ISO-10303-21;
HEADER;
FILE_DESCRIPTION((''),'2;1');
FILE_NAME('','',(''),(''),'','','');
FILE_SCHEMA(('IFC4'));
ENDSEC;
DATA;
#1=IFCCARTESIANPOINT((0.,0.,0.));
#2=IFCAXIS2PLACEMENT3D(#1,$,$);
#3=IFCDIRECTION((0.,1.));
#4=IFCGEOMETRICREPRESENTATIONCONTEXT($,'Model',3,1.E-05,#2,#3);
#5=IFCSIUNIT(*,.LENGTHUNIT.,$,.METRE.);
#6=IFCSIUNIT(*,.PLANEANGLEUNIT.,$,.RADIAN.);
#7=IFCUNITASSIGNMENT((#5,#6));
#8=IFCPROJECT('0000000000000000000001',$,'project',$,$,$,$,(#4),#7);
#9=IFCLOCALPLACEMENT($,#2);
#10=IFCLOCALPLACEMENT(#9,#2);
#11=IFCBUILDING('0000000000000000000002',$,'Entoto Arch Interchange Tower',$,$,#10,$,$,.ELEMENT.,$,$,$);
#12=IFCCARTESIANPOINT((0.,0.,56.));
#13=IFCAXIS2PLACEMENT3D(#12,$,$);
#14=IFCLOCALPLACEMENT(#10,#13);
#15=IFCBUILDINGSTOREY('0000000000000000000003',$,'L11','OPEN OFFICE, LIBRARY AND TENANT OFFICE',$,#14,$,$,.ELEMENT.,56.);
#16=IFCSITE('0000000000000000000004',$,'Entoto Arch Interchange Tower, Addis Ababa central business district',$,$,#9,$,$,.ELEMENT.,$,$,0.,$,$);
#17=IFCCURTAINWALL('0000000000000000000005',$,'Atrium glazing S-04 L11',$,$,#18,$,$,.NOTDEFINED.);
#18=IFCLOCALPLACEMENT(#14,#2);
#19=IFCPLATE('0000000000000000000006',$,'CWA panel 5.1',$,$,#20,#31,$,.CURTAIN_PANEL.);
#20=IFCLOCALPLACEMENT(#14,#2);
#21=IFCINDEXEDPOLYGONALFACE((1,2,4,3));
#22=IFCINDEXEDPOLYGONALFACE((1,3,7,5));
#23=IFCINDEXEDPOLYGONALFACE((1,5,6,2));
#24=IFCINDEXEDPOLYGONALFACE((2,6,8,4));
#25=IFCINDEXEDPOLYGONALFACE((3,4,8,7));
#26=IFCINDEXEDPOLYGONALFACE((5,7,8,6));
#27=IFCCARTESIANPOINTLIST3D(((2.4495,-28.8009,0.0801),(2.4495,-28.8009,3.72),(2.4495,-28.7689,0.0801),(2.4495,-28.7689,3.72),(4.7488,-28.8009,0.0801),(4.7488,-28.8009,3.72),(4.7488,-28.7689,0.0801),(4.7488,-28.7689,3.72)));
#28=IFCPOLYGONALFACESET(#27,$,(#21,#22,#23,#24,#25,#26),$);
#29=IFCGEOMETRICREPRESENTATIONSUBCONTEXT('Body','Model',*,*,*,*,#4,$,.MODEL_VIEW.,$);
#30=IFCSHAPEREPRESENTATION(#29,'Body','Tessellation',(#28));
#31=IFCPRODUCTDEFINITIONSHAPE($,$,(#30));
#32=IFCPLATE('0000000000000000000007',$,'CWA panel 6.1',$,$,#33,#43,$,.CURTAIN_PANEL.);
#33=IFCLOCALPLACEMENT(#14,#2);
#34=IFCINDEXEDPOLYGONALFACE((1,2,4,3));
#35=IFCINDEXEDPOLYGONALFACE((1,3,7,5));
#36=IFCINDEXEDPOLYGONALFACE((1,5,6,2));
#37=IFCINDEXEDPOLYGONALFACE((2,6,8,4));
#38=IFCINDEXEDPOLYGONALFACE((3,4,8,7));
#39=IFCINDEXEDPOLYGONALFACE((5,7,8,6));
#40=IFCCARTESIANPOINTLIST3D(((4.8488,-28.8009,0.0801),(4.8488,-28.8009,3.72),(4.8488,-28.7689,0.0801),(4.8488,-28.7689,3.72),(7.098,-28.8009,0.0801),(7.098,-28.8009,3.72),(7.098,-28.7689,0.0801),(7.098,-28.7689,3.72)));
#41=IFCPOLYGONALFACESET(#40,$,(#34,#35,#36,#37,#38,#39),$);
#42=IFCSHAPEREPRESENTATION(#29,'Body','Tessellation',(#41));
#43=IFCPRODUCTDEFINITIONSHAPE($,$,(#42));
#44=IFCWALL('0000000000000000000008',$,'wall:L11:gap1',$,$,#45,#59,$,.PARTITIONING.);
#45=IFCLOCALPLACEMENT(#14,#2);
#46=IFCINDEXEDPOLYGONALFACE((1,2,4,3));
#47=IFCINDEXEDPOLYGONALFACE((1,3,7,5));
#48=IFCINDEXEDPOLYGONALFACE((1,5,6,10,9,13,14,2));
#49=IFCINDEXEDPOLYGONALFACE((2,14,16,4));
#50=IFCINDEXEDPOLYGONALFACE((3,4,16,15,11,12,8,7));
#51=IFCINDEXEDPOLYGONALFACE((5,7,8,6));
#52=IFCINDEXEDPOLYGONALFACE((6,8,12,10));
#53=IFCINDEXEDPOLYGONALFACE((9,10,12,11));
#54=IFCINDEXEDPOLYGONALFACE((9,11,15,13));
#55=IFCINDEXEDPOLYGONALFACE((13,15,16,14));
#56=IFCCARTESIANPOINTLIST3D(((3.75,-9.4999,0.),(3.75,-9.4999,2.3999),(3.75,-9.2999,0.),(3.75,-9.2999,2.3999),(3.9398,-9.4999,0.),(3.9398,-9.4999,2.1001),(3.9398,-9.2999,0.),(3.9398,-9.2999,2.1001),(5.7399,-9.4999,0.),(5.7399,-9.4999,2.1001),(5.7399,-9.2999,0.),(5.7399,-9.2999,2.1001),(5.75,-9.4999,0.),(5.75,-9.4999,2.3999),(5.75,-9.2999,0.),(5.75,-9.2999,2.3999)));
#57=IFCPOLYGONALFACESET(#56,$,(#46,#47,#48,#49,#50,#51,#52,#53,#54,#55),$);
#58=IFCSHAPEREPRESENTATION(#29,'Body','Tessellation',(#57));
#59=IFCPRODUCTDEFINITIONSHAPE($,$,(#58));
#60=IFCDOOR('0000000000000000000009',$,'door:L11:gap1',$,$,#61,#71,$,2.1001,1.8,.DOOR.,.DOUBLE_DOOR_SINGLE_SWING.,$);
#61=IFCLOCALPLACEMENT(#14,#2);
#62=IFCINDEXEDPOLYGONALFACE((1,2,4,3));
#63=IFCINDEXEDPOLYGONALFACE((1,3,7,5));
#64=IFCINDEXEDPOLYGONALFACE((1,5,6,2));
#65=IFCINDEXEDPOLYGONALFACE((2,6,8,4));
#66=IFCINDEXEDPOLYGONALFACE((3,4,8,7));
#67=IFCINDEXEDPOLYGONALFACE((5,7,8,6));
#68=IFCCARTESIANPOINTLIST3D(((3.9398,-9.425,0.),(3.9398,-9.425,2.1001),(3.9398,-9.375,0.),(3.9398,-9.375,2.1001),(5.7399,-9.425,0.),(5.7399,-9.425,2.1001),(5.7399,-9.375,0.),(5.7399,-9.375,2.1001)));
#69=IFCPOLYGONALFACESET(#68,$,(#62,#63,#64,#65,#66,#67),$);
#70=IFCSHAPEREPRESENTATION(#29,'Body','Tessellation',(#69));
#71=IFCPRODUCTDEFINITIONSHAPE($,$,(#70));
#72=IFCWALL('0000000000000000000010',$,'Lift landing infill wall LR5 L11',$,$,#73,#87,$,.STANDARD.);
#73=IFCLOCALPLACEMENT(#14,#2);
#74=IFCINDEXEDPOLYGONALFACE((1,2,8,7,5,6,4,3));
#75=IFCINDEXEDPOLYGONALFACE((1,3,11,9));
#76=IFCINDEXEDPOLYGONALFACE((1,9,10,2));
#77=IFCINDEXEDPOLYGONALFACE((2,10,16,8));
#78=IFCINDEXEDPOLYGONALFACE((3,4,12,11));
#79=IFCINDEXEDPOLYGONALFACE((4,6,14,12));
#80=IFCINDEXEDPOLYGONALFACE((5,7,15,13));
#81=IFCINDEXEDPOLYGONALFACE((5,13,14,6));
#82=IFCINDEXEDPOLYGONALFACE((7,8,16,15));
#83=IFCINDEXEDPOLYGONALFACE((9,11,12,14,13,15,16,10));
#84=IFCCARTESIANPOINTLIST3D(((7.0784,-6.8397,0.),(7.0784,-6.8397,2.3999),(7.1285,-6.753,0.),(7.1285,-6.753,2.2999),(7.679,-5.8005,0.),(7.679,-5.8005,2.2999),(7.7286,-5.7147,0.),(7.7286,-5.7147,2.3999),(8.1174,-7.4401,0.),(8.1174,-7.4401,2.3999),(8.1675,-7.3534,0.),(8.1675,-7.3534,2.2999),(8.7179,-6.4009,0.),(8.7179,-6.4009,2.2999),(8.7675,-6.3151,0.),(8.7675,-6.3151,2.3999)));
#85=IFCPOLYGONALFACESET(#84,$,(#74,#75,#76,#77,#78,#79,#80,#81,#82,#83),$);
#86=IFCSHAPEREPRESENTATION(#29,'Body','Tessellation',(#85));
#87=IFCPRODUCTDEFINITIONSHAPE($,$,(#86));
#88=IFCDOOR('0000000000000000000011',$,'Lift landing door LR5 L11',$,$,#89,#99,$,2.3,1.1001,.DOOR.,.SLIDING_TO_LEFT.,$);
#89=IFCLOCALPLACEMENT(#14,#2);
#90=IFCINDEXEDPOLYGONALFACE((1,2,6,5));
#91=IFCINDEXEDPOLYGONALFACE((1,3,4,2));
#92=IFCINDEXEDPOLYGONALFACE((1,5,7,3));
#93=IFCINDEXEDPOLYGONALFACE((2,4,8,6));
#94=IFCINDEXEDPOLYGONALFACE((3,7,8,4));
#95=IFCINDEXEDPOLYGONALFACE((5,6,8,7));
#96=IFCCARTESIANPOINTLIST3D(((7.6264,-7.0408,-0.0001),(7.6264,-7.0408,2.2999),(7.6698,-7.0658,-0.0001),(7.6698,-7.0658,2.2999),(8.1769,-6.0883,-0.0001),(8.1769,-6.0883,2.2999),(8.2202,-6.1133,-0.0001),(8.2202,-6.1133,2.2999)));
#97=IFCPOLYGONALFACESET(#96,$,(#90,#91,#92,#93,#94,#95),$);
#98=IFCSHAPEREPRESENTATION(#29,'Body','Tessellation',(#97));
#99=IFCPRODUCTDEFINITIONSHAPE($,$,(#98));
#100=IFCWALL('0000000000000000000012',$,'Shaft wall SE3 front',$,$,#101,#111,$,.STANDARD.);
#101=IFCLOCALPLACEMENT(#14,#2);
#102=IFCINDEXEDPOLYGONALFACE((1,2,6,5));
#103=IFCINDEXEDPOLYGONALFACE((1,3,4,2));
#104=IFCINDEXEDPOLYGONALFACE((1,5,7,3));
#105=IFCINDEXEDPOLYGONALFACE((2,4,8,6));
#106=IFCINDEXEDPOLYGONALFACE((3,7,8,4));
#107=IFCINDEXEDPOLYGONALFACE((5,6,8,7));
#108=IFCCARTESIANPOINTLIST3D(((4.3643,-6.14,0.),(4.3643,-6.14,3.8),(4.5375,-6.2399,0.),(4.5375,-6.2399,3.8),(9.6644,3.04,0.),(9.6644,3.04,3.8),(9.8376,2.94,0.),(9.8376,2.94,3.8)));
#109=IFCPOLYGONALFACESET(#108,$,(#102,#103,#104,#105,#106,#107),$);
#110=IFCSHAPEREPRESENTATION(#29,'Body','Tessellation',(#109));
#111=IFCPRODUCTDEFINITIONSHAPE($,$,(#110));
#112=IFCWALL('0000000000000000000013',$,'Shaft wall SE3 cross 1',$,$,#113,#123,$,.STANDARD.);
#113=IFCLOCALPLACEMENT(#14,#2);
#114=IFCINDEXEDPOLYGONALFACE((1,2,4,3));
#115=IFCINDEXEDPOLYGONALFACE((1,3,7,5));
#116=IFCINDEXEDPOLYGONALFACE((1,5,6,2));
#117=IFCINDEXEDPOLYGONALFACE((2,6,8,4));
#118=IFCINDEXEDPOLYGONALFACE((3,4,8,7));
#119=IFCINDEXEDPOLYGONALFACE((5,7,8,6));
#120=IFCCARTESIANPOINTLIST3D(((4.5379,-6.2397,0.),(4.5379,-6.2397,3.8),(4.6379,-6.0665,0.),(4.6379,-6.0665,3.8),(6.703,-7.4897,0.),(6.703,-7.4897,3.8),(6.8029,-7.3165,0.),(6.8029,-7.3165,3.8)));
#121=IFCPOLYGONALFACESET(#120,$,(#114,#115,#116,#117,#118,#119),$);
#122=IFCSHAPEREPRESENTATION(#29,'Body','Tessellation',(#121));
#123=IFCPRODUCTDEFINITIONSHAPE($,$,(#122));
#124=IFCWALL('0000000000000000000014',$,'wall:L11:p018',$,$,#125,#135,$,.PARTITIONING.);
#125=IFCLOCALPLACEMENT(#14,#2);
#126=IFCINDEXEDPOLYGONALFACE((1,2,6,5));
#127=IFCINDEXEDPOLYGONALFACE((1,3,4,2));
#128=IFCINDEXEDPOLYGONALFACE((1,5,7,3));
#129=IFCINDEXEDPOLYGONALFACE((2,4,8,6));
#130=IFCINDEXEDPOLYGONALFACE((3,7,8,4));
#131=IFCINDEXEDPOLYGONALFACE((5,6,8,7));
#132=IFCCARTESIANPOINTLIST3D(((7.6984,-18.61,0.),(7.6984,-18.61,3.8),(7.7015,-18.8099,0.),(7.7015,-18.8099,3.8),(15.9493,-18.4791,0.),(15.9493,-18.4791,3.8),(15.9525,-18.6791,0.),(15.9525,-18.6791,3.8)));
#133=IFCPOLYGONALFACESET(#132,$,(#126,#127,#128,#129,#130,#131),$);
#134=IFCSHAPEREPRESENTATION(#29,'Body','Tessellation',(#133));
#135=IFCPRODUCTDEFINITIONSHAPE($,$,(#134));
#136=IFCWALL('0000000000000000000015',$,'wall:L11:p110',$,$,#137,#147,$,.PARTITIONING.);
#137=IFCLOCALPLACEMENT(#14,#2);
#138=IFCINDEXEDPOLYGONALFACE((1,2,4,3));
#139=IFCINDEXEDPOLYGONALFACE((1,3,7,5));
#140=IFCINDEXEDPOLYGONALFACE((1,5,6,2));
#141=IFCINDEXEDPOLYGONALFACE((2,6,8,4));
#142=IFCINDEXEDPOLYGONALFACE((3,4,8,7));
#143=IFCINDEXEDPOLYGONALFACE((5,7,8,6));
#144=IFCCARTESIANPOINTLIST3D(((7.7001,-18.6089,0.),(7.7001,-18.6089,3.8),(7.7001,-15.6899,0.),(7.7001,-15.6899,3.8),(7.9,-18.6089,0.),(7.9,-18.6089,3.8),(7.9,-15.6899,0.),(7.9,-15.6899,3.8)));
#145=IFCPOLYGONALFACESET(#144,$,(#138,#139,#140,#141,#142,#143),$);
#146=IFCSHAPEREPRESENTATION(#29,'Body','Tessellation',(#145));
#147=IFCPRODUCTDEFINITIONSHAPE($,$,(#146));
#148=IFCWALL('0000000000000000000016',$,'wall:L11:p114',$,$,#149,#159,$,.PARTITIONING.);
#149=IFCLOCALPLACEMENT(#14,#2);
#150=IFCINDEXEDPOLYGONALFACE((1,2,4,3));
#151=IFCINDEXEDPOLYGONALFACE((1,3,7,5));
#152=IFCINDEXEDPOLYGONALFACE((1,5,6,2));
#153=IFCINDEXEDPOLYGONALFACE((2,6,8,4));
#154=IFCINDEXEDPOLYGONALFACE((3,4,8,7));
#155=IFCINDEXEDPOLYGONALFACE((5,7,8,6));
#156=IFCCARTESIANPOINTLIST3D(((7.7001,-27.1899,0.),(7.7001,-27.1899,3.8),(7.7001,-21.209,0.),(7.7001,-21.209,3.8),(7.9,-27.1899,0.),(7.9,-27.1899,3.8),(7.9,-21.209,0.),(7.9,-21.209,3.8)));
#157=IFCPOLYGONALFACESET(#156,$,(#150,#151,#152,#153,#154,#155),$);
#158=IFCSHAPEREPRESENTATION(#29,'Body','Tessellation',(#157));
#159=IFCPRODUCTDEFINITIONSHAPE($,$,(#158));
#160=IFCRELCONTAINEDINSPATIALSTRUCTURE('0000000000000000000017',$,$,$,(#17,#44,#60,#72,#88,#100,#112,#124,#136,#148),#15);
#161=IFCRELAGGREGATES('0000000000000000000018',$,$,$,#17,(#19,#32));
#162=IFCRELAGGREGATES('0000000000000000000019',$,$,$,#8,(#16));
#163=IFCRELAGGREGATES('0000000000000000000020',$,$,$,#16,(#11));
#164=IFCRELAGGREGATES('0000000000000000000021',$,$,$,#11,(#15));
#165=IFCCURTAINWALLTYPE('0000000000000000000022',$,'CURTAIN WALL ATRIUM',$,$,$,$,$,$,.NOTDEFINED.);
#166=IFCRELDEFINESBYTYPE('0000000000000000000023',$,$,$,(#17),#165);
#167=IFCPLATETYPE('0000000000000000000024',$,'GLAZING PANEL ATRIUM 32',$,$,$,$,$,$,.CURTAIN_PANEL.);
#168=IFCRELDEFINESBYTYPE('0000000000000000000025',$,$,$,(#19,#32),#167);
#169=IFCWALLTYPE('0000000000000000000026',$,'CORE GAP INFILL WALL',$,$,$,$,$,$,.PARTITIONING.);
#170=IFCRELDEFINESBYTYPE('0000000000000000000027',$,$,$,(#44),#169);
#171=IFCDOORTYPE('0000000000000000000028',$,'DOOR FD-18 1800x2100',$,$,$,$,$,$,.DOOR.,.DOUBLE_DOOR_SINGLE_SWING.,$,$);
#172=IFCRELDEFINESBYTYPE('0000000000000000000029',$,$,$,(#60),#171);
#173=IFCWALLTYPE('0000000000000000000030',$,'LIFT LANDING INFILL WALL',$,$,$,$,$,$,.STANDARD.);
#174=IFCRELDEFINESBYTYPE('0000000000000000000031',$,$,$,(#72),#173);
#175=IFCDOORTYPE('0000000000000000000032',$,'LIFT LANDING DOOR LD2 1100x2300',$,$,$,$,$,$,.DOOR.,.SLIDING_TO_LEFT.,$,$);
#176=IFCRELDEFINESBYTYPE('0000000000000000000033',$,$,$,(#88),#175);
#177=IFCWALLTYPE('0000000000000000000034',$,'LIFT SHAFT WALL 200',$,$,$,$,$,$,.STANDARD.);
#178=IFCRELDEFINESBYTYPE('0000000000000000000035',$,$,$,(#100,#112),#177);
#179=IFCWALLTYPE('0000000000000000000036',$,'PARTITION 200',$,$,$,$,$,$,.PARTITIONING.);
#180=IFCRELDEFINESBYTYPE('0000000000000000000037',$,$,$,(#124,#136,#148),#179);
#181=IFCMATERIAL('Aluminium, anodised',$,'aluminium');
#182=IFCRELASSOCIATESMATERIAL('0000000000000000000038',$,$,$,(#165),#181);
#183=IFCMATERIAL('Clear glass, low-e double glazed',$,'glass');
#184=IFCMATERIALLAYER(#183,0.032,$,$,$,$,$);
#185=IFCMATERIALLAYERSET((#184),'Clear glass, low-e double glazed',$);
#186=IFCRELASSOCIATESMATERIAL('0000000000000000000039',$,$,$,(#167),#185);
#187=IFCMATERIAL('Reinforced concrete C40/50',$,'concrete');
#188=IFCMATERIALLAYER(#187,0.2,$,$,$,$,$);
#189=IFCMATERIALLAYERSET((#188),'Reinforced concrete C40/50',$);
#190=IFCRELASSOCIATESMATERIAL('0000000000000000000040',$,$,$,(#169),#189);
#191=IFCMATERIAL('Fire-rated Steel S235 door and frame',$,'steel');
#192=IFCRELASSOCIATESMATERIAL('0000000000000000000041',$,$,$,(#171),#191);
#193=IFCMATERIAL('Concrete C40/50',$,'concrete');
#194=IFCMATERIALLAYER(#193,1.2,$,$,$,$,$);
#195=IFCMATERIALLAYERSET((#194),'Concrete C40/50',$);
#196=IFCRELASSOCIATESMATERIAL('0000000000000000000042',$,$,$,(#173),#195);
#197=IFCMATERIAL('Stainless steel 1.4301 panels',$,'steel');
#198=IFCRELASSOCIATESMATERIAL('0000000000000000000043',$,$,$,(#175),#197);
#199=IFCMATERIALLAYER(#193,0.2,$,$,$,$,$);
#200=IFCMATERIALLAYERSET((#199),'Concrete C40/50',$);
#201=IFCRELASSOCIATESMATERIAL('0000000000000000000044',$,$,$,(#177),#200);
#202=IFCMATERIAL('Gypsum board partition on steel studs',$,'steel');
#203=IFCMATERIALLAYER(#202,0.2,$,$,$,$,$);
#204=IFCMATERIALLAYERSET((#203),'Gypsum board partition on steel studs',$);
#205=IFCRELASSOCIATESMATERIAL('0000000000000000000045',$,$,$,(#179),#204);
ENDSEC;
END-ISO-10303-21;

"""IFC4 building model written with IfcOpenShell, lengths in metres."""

from ifc_helpers import new_model, si_unit, direction, frame, frame_2d, origin, origin_2d, place, context, subcontext, project, spatial, rectangle, extrude, material, layer, layer_set, type_object, element, fill, aggregate, save


model = new_model("IFC4")

# Units and contexts
model_context = context("Model", 3, precision=1e-05, world=origin(), true_north=direction((0.0, 1.0)))
body_context = subcontext(model_context, "Body", "Model", "MODEL_VIEW")
ifc_project = project(units=[si_unit("LENGTHUNIT", "METRE"), si_unit("PLANEANGLEUNIT", "RADIAN")], contexts=[model_context])

# Site, building, storey
site_placement = place(None, origin())
site = spatial("IfcSite", under=ifc_project, at=site_placement, Name="Entoto Arch Interchange Tower, Addis Ababa central business district", CompositionType="ELEMENT", RefElevation=0.0)
building_placement = place(site_placement, origin())
building = spatial("IfcBuilding", under=site, at=building_placement, Name="Entoto Arch Interchange Tower", CompositionType="ELEMENT")
storey_placement = place(building_placement, frame((0.0, 0.0, 56.0)))
storey = spatial("IfcBuildingStorey", under=building, at=storey_placement, Name="L11", Description="OPEN OFFICE, LIBRARY AND TENANT OFFICE", CompositionType="ELEMENT", Elevation=56.0)

# Curtain wall, plates
ifc_material_1 = material(Name="Aluminium, anodised", Category="aluminium")
curtain_wall_type = type_object("IfcCurtainWallType", Name="CURTAIN WALL ATRIUM", PredefinedType="NOTDEFINED", material=ifc_material_1)
curtain_wall_placement = place(storey_placement, origin())
curtain_wall = element("IfcCurtainWall", 1, at=curtain_wall_placement, inside=storey, type_object=curtain_wall_type, Name="Atrium glazing S-04 L11", PredefinedType="NOTDEFINED")
ifc_material_2 = material(Name="Clear glass, low-e double glazed", Category="glass")
ifc_layer_1 = layer(ifc_material_2, 0.032)
ifc_layer_set_1 = layer_set([ifc_layer_1], Name="Clear glass, low-e double glazed")
plate_type = type_object("IfcPlateType", Name="GLAZING PANEL ATRIUM 32", PredefinedType="CURTAIN_PANEL", material=ifc_layer_set_1)
plate_1_placement = place(storey_placement, frame((3.5991, -28.7849, 0.0801), z_axis=(0.0, 0.0, 1.0), x_axis=(1.0, 0.0, 0.0)))
plate_1 = element("IfcPlate", 2, at=plate_1_placement, type_object=plate_type, Name="CWA panel 5.1", PredefinedType="CURTAIN_PANEL", context=body_context, shape_type="SweptSolid", body=[
    extrude(rectangle(XDim=2.2993, YDim=0.032, at=origin_2d()), origin(), (0.0, 0.0, 1.0), 3.6399),
])
plate_2_placement = place(storey_placement, frame((5.9734, -28.7849, 0.0801), z_axis=(0.0, 0.0, 1.0), x_axis=(1.0, 0.0, 0.0)))
plate_2 = element("IfcPlate", 3, at=plate_2_placement, type_object=plate_type, Name="CWA panel 6.1", PredefinedType="CURTAIN_PANEL", context=body_context, shape_type="SweptSolid", body=[
    extrude(rectangle(XDim=2.2493, YDim=0.032, at=origin_2d()), origin(), (0.0, 0.0, 1.0), 3.6399),
])
aggregate(curtain_wall, [plate_1, plate_2])

# Walls, openings, doors
ifc_material_3 = material(Name="Reinforced concrete C40/50", Category="concrete")
ifc_layer_2 = layer(ifc_material_3, 0.2)
ifc_layer_set_2 = layer_set([ifc_layer_2], Name="Reinforced concrete C40/50")
wall_type_1 = type_object("IfcWallType", Name="CORE GAP INFILL WALL", PredefinedType="PARTITIONING", material=ifc_layer_set_2)
wall_1_placement = place(storey_placement, frame((3.75, -9.3999, 0.0), z_axis=(0.0, 0.0, 1.0), x_axis=(1.0, 0.0, 0.0)))
wall_1 = element("IfcWall", 4, at=wall_1_placement, inside=storey, type_object=wall_type_1, Name="wall:L11:gap1", PredefinedType="PARTITIONING", context=body_context, shape_type="SweptSolid", body=[
    extrude(rectangle(XDim=2.0, YDim=0.2, at=frame_2d((1.0, 0.0))), origin(), (0.0, 0.0, 1.0), 2.3999),
])
opening_1_placement = place(wall_1_placement, frame((0.1899, 0.0, 0.0)))
opening_1 = element("IfcOpeningElement", 5, at=opening_1_placement, cuts=wall_1, PredefinedType="OPENING", context=body_context, shape_type="SweptSolid", body=[
    extrude(rectangle(XDim=1.8, YDim=2.1001, at=frame_2d((0.8999, 1.05))), frame((0.0, 0.1099, 0.0), z_axis=(0.0, -1.0, 0.0), x_axis=(1.0, 0.0, 0.0)), (0.0, 0.0, 1.0), 0.22),
])
ifc_material_4 = material(Name="Fire-rated Steel S235 door and frame", Category="steel")
door_type_1 = type_object("IfcDoorType", Name="DOOR FD-18 1800x2100", OperationType="DOUBLE_DOOR_SINGLE_SWING", PredefinedType="DOOR", material=ifc_material_4)
door_1_placement = place(opening_1_placement, origin())
door_1 = element("IfcDoor", 6, at=door_1_placement, inside=storey, type_object=door_type_1, Name="door:L11:gap1", OperationType="DOUBLE_DOOR_SINGLE_SWING", OverallHeight=2.1001, OverallWidth=1.8, PredefinedType="DOOR", context=body_context, shape_type="SweptSolid", body=[
    extrude(rectangle(XDim=1.8, YDim=2.1001, at=frame_2d((0.8999, 1.05))), frame((0.0, 0.0249, 0.0), z_axis=(0.0, -1.0, 0.0), x_axis=(1.0, 0.0, 0.0)), (0.0, 0.0, 1.0), 0.05),
])
fill(opening_1, door_1)
ifc_material_5 = material(Name="Concrete C40/50", Category="concrete")
ifc_layer_3 = layer(ifc_material_5, 1.2)
ifc_layer_set_3 = layer_set([ifc_layer_3], Name="Concrete C40/50")
wall_type_2 = type_object("IfcWallType", Name="LIFT LANDING INFILL WALL", PredefinedType="STANDARD", material=ifc_layer_set_3)
wall_2_placement = place(storey_placement, frame((7.5979, -7.1399, 0.0), z_axis=(0.0, 0.0, 1.0), x_axis=(0.500362, 0.865816, 0.0)))
wall_2 = element("IfcWall", 7, at=wall_2_placement, inside=storey, type_object=wall_type_2, Name="Lift landing infill wall LR5 L11", PredefinedType="STANDARD", context=body_context, shape_type="SweptSolid", body=[
    extrude(rectangle(XDim=1.2993, YDim=1.2, at=frame_2d((0.6497, 0.0))), origin(), (0.0, 0.0, 1.0), 2.3999),
])
opening_2_placement = place(wall_2_placement, frame((0.1001, 0.0, 0.0)))
opening_2 = element("IfcOpeningElement", 8, at=opening_2_placement, cuts=wall_2, PredefinedType="OPENING", context=body_context, shape_type="SweptSolid", body=[
    extrude(rectangle(XDim=1.1001, YDim=2.3, at=frame_2d((0.55, 1.1499))), frame((0.0, 0.6099, 0.0), z_axis=(0.0, -1.0, 0.0), x_axis=(1.0, 0.0, 0.0)), (0.0, 0.0, 1.0), 1.22),
])
ifc_material_6 = material(Name="Stainless steel 1.4301 panels", Category="steel")
door_type_2 = type_object("IfcDoorType", Name="LIFT LANDING DOOR LD2 1100x2300", OperationType="SLIDING_TO_LEFT", PredefinedType="DOOR", material=ifc_material_6)
door_2_placement = place(opening_2_placement, origin())
door_2 = element("IfcDoor", 9, at=door_2_placement, inside=storey, type_object=door_type_2, Name="Lift landing door LR5 L11", OperationType="SLIDING_TO_LEFT", OverallHeight=2.3, OverallWidth=1.1001, PredefinedType="DOOR", context=body_context, shape_type="SweptSolid", body=[
    extrude(rectangle(XDim=1.1001, YDim=2.3, at=frame_2d((0.55, 1.1499))), frame((0.0, 0.0249, 0.0), z_axis=(0.0, -1.0, 0.0), x_axis=(1.0, 0.0, 0.0)), (0.0, 0.0, 1.0), 0.05),
])
fill(opening_2, door_2)

# Walls
ifc_layer_4 = layer(ifc_material_5, 0.2)
ifc_layer_set_4 = layer_set([ifc_layer_4], Name="Concrete C40/50")
wall_type_3 = type_object("IfcWallType", Name="LIFT SHAFT WALL 200", PredefinedType="STANDARD", material=ifc_layer_set_4)
wall_3_placement = place(storey_placement, frame((4.4509, -6.1899, 0.0), z_axis=(0.0, 0.0, 1.0), x_axis=(0.500001, 0.866025, 0.0)))
element("IfcWall", 10, at=wall_3_placement, inside=storey, type_object=wall_type_3, Name="Shaft wall SE3 front", PredefinedType="STANDARD", context=body_context, shape_type="SweptSolid", body=[
    extrude(rectangle(XDim=10.6001, YDim=0.2, at=frame_2d((5.3, 0.0))), origin(), (0.0, 0.0, 1.0), 3.8),
])
wall_4_placement = place(storey_placement, frame((4.5879, -6.1531, 0.0), z_axis=(0.0, 0.0, 1.0), x_axis=(0.866023, -0.500004, 0.0)))
element("IfcWall", 11, at=wall_4_placement, inside=storey, type_object=wall_type_3, Name="Shaft wall SE3 cross 1", PredefinedType="STANDARD", context=body_context, shape_type="SweptSolid", body=[
    extrude(rectangle(XDim=2.5, YDim=0.2, at=frame_2d((1.25, 0.0))), origin(), (0.0, 0.0, 1.0), 3.8),
])
ifc_material_7 = material(Name="Gypsum board partition on steel studs", Category="steel")
ifc_layer_5 = layer(ifc_material_7, 0.2)
ifc_layer_set_5 = layer_set([ifc_layer_5], Name="Gypsum board partition on steel studs")
wall_type_4 = type_object("IfcWallType", Name="PARTITION 200", PredefinedType="PARTITIONING", material=ifc_layer_set_5)
wall_5_placement = place(storey_placement, frame((7.7, -18.71, 0.0), z_axis=(0.0, 0.0, 1.0), x_axis=(0.999874, 0.015858, 0.0)))
element("IfcWall", 12, at=wall_5_placement, inside=storey, type_object=wall_type_4, Name="wall:L11:p018", PredefinedType="PARTITIONING", context=body_context, shape_type="SweptSolid", body=[
    extrude(rectangle(XDim=8.252, YDim=0.2, at=frame_2d((4.126, 0.0))), origin(), (0.0, 0.0, 1.0), 3.8),
])
wall_6_placement = place(storey_placement, frame((7.8, -15.6899, 0.0), z_axis=(0.0, 0.0, 1.0), x_axis=(0.0, -1.0, 0.0)))
element("IfcWall", 13, at=wall_6_placement, inside=storey, type_object=wall_type_4, Name="wall:L11:p110", PredefinedType="PARTITIONING", context=body_context, shape_type="SweptSolid", body=[
    extrude(rectangle(XDim=2.9189, YDim=0.2, at=frame_2d((1.4595, 0.0))), origin(), (0.0, 0.0, 1.0), 3.8),
])
wall_7_placement = place(storey_placement, frame((7.8, -21.209, 0.0), z_axis=(0.0, 0.0, 1.0), x_axis=(0.0, -1.0, 0.0)))
element("IfcWall", 14, at=wall_7_placement, inside=storey, type_object=wall_type_4, Name="wall:L11:p114", PredefinedType="PARTITIONING", context=body_context, shape_type="SweptSolid", body=[
    extrude(rectangle(XDim=5.981, YDim=0.2, at=frame_2d((2.9905, 0.0))), origin(), (0.0, 0.0, 1.0), 3.8),
])

save(model, "model.ifc")
